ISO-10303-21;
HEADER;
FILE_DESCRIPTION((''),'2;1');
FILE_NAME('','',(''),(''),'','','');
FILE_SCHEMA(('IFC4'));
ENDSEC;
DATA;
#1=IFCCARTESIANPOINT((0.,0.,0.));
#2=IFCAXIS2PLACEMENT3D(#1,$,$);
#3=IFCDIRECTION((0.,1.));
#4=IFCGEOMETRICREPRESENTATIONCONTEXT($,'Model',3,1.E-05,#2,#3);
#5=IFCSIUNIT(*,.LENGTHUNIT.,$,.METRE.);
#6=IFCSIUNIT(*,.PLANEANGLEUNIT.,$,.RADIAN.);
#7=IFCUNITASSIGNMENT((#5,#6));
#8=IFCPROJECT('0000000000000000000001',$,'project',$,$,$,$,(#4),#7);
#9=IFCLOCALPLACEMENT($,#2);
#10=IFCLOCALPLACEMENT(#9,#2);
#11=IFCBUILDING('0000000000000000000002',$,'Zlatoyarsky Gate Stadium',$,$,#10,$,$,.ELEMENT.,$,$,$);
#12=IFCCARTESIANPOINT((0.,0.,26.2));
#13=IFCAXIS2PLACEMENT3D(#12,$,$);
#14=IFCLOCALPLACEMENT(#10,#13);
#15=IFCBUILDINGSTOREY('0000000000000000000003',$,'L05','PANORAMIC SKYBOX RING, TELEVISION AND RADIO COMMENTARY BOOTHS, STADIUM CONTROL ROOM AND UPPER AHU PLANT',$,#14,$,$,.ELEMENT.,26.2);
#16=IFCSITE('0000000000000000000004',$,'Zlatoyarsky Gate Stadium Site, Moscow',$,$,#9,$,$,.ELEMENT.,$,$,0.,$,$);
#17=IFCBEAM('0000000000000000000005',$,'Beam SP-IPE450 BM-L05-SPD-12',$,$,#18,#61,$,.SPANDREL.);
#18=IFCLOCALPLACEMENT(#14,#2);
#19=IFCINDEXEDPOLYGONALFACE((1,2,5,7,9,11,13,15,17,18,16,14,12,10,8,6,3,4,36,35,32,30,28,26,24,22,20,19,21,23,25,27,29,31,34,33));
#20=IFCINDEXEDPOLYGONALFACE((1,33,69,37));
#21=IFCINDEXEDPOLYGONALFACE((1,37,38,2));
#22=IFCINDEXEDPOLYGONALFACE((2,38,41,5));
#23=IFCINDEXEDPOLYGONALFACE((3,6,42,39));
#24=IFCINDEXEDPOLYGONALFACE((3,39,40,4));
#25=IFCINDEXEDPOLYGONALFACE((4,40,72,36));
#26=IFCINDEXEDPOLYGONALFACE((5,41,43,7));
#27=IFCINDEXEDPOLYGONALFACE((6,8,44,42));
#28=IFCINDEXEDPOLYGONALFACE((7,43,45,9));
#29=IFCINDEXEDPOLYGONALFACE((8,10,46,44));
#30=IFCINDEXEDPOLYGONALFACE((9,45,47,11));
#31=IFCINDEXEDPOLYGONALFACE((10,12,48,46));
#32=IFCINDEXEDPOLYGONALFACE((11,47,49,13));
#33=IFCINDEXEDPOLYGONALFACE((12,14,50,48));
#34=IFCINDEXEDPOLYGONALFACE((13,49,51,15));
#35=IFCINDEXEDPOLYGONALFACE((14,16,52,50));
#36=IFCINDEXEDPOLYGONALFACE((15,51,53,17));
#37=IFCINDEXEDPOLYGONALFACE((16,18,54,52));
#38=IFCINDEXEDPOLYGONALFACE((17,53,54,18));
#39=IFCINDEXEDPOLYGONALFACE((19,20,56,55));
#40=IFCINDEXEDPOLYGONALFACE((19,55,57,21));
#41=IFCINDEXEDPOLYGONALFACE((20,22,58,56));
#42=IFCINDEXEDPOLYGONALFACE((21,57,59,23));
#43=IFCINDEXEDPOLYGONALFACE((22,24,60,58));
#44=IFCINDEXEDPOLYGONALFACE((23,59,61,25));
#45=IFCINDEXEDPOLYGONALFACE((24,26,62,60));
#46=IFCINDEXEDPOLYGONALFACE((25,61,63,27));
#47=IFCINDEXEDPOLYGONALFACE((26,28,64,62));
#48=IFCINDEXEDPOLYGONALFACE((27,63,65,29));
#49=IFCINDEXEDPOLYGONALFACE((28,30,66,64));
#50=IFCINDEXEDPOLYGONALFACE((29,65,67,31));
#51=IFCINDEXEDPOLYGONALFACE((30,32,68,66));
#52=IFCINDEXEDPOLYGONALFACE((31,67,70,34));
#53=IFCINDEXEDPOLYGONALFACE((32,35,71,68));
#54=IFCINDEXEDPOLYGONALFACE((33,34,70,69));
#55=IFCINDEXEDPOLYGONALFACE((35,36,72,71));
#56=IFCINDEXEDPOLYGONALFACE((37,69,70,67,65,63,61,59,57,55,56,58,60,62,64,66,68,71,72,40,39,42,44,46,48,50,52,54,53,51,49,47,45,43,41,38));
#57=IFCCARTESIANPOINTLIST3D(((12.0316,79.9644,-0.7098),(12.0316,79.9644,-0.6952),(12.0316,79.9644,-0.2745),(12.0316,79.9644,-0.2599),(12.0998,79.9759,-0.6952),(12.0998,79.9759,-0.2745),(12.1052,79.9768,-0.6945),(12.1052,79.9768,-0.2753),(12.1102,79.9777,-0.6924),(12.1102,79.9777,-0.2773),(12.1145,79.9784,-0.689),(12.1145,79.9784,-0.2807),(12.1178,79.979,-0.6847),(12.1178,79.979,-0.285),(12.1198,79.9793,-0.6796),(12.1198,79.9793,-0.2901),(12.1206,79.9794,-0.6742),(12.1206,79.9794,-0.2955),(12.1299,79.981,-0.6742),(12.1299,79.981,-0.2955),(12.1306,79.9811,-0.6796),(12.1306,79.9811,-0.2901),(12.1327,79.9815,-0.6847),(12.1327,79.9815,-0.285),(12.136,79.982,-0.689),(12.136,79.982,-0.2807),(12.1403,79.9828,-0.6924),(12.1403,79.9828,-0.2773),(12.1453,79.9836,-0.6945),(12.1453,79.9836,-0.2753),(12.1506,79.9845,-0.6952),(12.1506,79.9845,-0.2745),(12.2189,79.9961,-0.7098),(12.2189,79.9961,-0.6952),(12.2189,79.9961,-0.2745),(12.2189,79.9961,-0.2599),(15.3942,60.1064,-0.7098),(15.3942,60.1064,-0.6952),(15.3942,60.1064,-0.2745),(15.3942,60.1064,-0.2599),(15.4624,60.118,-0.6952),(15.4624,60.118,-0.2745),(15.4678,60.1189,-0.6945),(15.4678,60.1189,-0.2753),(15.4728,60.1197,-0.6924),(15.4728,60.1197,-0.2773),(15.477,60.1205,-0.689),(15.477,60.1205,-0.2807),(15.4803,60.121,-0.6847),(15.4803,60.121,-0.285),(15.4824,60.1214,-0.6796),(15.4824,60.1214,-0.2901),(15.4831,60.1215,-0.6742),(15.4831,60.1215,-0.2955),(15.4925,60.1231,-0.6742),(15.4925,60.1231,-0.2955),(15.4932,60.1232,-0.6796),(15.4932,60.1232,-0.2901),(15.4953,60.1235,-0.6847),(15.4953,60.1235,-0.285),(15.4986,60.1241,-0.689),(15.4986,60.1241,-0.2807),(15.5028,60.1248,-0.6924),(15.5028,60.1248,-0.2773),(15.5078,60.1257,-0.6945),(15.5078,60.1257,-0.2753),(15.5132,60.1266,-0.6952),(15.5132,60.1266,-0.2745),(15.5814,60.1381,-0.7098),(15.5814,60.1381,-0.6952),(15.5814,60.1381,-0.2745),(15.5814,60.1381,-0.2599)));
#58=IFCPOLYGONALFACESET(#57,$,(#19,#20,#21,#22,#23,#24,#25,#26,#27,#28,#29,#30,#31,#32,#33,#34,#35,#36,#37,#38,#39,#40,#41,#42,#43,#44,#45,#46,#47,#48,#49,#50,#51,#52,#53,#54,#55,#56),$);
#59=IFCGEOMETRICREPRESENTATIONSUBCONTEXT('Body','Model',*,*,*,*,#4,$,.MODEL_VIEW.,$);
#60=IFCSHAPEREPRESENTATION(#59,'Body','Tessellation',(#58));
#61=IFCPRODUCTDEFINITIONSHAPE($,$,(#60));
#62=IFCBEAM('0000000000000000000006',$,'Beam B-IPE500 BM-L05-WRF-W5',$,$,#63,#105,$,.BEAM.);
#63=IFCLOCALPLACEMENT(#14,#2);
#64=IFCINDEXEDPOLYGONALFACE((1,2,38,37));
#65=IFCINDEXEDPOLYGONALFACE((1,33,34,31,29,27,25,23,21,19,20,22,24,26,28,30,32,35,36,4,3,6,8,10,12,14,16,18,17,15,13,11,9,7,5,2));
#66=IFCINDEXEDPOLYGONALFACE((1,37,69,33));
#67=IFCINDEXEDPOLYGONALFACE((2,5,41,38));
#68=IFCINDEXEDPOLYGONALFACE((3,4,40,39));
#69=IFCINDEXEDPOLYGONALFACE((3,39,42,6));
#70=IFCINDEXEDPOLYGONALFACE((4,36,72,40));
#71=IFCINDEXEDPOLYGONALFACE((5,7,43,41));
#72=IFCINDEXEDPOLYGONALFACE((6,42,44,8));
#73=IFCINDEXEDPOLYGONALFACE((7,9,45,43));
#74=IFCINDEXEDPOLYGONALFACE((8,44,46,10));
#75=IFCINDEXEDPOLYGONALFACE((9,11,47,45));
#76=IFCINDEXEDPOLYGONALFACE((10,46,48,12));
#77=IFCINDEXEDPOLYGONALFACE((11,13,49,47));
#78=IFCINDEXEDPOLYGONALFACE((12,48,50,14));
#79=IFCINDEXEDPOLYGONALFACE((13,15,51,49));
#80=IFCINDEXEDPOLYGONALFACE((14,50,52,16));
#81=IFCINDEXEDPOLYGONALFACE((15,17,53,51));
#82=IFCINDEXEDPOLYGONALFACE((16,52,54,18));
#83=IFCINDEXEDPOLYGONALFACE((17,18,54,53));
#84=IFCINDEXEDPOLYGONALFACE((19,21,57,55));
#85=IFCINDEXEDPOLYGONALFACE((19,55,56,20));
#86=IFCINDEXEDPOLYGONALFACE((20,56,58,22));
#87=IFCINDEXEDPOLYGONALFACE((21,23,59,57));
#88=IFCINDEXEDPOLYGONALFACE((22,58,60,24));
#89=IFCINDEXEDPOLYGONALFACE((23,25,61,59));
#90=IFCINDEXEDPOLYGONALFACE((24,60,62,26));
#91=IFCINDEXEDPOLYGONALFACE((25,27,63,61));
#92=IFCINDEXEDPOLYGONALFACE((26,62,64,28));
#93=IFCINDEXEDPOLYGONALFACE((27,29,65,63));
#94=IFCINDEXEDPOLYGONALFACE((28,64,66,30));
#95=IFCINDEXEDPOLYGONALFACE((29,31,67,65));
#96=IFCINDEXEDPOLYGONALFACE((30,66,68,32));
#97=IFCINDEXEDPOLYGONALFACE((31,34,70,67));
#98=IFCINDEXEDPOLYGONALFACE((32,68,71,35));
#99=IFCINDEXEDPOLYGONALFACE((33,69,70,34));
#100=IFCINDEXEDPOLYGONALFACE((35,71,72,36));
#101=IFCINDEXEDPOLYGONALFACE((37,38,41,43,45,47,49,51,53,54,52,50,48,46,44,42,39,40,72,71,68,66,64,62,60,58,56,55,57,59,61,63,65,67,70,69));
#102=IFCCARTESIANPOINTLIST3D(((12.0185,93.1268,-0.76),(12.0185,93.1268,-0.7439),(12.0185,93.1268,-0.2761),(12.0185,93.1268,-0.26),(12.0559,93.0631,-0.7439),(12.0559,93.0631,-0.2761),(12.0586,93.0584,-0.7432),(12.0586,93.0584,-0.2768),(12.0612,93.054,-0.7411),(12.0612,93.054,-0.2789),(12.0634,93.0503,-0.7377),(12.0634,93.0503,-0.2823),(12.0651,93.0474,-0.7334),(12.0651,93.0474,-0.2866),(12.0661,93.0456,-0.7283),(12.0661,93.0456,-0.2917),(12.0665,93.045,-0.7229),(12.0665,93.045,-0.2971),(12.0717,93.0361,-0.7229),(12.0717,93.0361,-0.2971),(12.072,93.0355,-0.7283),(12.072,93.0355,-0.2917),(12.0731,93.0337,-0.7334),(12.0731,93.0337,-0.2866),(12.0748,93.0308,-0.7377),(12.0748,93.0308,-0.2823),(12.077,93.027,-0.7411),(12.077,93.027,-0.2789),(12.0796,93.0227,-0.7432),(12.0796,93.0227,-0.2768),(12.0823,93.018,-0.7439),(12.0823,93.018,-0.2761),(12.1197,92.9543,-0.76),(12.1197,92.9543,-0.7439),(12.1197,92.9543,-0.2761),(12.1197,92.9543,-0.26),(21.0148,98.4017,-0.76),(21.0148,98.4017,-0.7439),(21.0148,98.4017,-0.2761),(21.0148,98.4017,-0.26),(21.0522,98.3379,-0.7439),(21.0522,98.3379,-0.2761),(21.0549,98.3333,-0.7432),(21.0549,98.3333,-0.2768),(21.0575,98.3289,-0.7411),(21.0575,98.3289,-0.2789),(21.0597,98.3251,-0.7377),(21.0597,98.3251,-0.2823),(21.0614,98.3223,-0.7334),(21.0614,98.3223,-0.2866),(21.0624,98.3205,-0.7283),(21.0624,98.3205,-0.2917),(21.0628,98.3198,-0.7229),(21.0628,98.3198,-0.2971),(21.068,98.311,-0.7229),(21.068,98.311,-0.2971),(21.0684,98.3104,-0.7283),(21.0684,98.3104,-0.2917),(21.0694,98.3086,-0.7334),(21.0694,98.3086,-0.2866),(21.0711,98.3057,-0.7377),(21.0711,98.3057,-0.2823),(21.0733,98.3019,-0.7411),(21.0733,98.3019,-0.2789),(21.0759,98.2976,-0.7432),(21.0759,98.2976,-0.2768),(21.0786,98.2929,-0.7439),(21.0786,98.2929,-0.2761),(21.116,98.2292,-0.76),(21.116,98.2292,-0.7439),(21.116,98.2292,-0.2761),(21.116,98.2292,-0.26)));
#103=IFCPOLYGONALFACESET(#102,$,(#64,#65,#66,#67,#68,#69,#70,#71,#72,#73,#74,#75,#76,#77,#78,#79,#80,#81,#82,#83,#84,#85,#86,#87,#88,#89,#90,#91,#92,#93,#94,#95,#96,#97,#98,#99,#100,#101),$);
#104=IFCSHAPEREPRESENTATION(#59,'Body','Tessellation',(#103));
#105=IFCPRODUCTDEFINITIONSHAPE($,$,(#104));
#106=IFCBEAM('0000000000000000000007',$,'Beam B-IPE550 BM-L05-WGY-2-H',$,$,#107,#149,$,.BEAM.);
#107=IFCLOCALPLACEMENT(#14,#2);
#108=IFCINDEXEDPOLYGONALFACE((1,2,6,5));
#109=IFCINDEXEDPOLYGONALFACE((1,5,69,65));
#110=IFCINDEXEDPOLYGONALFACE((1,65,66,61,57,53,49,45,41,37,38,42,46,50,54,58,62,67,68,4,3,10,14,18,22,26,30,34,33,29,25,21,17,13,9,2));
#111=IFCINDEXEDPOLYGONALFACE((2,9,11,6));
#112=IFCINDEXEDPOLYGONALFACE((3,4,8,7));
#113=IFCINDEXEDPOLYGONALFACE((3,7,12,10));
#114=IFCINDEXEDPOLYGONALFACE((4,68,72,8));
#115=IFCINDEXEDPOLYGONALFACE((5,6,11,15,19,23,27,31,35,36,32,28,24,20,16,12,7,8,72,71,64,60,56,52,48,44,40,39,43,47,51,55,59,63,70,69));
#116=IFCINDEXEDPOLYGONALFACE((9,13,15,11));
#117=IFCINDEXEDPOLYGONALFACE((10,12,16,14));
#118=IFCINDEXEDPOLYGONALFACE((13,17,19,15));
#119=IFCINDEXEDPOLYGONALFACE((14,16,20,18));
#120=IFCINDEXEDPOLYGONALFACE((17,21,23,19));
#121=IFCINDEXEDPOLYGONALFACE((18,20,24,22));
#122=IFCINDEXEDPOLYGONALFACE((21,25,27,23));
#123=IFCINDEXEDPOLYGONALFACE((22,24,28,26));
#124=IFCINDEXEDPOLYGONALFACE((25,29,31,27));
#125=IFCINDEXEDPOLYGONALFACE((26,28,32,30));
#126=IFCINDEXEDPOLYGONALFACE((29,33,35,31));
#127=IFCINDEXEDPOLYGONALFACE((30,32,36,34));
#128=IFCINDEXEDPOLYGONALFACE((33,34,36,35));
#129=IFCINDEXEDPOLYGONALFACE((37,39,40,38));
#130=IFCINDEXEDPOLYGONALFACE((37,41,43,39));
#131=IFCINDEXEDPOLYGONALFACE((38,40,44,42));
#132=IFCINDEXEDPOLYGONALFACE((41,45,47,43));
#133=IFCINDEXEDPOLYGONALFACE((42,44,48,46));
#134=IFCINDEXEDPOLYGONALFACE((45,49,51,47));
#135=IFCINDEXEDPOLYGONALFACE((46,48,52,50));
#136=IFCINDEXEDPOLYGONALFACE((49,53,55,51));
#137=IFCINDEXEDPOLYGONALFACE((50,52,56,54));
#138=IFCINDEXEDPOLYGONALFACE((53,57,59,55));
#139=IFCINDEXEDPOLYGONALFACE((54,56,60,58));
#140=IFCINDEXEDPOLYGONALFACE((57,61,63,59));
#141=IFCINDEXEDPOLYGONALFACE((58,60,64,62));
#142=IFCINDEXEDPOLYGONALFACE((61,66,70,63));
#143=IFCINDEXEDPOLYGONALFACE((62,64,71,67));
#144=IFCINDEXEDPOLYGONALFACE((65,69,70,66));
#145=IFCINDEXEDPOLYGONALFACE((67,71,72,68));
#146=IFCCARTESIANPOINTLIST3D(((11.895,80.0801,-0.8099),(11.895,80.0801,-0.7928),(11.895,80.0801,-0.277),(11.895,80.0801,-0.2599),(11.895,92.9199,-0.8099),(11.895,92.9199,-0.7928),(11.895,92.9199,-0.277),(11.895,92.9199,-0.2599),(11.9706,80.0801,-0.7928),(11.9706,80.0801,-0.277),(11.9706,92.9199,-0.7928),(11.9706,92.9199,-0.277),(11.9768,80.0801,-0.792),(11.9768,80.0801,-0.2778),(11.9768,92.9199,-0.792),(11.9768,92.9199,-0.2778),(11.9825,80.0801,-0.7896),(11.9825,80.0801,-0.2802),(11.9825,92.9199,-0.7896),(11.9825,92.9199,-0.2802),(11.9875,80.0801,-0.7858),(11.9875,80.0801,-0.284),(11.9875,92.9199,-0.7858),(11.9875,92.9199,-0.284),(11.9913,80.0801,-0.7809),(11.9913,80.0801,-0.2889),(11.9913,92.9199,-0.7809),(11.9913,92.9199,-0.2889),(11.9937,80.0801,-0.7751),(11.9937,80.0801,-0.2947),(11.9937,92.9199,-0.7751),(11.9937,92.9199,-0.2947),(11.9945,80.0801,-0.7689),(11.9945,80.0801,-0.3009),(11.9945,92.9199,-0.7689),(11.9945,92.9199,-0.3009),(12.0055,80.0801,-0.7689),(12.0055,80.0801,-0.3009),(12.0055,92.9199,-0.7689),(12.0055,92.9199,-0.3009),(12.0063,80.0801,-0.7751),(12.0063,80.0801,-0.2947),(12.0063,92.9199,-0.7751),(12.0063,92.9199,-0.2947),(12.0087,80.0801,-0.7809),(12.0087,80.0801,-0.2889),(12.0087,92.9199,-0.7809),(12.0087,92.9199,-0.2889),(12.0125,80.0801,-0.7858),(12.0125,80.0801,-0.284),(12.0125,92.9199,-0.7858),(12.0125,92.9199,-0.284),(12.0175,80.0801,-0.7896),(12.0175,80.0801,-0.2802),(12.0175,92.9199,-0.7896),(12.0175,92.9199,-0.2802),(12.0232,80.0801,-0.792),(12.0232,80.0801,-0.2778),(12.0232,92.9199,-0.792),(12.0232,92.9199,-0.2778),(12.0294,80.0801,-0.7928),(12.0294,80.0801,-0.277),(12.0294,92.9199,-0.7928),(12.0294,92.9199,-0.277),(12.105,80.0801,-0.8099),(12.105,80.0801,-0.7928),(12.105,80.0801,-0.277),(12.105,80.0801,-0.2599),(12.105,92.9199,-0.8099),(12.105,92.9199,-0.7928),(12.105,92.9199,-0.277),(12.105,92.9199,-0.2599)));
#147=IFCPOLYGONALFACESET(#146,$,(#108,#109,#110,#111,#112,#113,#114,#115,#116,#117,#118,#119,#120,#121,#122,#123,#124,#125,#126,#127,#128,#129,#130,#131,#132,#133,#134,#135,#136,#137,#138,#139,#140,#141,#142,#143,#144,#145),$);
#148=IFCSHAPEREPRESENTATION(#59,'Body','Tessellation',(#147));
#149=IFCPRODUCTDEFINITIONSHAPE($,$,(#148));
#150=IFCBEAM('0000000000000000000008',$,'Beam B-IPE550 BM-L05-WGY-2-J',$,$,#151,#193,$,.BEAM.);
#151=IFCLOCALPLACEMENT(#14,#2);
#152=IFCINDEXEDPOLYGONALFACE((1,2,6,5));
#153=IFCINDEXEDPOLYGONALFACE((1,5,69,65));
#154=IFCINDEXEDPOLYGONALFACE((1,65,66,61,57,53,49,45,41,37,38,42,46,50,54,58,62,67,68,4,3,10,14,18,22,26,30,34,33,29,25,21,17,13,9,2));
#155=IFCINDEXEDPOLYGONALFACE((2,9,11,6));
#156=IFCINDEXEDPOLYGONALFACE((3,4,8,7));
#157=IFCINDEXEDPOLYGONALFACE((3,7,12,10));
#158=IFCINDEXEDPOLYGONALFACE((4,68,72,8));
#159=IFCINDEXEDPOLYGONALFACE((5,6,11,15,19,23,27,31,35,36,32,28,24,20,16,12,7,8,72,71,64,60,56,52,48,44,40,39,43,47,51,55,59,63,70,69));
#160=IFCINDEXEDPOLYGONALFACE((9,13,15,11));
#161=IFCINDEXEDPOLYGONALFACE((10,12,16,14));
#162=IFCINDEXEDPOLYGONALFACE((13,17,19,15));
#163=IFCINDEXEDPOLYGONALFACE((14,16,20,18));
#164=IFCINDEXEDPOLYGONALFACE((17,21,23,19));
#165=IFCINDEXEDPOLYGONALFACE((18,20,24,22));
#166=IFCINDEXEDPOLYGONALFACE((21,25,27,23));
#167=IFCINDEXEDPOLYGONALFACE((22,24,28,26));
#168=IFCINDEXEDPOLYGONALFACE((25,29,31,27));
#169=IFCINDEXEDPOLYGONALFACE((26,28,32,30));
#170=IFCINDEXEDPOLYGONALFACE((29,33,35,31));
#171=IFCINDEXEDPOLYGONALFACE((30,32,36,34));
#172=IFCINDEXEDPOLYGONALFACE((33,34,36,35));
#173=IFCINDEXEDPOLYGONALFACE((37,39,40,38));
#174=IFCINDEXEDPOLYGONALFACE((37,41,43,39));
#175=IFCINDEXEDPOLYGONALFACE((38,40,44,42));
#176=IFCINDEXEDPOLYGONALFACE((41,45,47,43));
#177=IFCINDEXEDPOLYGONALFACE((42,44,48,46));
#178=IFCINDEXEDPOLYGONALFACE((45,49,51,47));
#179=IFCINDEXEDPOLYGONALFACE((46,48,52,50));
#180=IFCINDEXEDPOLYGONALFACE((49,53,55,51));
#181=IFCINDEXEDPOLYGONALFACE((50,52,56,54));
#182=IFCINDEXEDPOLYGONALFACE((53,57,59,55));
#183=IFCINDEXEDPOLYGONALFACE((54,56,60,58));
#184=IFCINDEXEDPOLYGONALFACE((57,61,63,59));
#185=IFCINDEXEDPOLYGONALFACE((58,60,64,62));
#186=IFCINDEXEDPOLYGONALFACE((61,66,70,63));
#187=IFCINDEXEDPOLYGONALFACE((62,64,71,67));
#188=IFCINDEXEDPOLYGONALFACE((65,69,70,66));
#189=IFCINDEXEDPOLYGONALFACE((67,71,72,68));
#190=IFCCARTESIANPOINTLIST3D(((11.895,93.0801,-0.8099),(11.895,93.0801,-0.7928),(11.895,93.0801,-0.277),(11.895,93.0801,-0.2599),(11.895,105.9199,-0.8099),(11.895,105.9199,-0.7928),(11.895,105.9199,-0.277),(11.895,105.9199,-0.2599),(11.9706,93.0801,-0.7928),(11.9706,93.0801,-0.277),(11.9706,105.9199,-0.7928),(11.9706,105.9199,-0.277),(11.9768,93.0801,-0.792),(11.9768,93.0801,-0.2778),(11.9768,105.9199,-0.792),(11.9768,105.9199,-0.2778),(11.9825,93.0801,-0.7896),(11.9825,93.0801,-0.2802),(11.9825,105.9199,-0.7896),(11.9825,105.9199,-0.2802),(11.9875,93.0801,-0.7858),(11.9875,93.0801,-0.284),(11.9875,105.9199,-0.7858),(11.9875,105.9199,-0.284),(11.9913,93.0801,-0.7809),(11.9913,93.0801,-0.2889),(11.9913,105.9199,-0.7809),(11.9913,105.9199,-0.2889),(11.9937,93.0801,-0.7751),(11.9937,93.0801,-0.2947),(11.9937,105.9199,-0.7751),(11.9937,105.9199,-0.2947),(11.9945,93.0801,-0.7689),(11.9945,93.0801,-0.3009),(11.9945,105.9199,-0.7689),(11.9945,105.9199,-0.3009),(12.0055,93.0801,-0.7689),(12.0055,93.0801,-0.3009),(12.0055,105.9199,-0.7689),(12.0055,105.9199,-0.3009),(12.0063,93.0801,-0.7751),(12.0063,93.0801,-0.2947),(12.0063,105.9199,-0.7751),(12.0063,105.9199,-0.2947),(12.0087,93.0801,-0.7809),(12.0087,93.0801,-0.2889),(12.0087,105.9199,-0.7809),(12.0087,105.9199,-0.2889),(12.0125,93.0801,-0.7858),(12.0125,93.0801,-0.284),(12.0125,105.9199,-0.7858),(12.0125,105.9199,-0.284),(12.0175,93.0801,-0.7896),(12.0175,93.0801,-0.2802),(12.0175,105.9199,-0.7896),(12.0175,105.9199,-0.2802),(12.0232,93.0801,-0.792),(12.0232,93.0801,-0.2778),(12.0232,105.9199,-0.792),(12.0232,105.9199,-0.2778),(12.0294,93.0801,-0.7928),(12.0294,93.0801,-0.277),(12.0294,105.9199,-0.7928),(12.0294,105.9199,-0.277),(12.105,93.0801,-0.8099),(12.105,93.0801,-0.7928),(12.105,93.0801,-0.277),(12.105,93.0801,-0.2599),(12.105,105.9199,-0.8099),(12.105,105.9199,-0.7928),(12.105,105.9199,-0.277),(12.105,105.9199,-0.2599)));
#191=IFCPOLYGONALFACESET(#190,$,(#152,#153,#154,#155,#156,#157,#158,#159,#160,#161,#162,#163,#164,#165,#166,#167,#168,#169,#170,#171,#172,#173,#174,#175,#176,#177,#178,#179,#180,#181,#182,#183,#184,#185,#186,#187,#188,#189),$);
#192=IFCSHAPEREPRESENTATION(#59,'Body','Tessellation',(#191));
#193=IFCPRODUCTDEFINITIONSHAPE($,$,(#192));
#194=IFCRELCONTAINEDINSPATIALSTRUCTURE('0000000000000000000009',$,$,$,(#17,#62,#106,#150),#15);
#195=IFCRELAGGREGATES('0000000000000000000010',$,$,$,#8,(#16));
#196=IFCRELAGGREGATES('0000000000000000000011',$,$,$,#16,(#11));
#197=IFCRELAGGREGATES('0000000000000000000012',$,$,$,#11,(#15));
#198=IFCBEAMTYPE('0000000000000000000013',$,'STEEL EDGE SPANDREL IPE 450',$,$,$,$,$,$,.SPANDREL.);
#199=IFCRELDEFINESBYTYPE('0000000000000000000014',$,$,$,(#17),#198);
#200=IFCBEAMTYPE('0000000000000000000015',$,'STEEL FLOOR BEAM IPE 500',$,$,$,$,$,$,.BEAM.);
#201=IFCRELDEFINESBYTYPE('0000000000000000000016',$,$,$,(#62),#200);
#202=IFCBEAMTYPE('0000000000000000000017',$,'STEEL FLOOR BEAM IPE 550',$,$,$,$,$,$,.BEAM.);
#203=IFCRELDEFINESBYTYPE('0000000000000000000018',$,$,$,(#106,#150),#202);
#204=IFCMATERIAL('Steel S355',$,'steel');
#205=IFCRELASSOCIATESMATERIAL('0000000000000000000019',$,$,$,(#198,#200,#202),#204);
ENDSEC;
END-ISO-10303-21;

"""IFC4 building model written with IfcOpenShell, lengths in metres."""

from ifc_helpers import new_model, si_unit, direction, frame, origin, origin_2d, place, context, subcontext, project, spatial, i_section, extrude, material, material_profile, profile_set, type_object, element, save


model = new_model("IFC4")

# Units and contexts
model_context = context("Model", 3, precision=1e-05, world=origin(), true_north=direction((0.0, 1.0)))
body_context = subcontext(model_context, "Body", "Model", "MODEL_VIEW")
ifc_project = project(units=[si_unit("LENGTHUNIT", "METRE"), si_unit("PLANEANGLEUNIT", "RADIAN")], contexts=[model_context])

# Site, building, storey
site_placement = place(None, origin())
site = spatial("IfcSite", under=ifc_project, at=site_placement, Name="Zlatoyarsky Gate Stadium Site, Moscow", CompositionType="ELEMENT", RefElevation=0.0)
building_placement = place(site_placement, origin())
building = spatial("IfcBuilding", under=site, at=building_placement, Name="Zlatoyarsky Gate Stadium", CompositionType="ELEMENT")
storey_placement = place(building_placement, frame((0.0, 0.0, 26.2)))
storey = spatial("IfcBuildingStorey", under=building, at=storey_placement, Name="L05", Description="PANORAMIC SKYBOX RING, TELEVISION AND RADIO COMMENTARY BOOTHS, STADIUM CONTROL ROOM AND UPPER AHU PLANT", CompositionType="ELEMENT", Elevation=26.2)

# Beams
ifc_material_1 = material(Name="Steel S355", Category="steel")
ifc_material_profile_1 = material_profile(ifc_material_1, i_section(OverallWidth=0.1899, OverallDepth=0.45, WebThickness=0.0095, FlangeThickness=0.0146, FilletRadius=0.021, at=origin_2d()), Name="IPE 450")
ifc_profile_set_1 = profile_set([ifc_material_profile_1], Name="Steel S355")
beam_type_1 = type_object("IfcBeamType", Name="STEEL EDGE SPANDREL IPE 450", PredefinedType="SPANDREL", material=ifc_profile_set_1)
beam_1_placement = place(storey_placement, frame((12.1252, 79.9802, -0.4849), z_axis=(0.166954, -0.985965, 0.0), x_axis=(0.985965, 0.166954, 0.0)))
element("IfcBeam", 1, at=beam_1_placement, inside=storey, type_object=beam_type_1, Name="Beam SP-IPE450 BM-L05-SPD-12", PredefinedType="SPANDREL", context=body_context, shape_type="SweptSolid", body=[
    extrude(i_section(OverallWidth=0.1899, OverallDepth=0.45, WebThickness=0.0095, FlangeThickness=0.0146, FilletRadius=0.021, at=origin_2d()), origin(), (0.0, 0.0, 1.0), 20.1406),
])
ifc_material_profile_2 = material_profile(ifc_material_1, i_section(OverallWidth=0.2, OverallDepth=0.5, WebThickness=0.0103, FlangeThickness=0.0161, FilletRadius=0.021, at=origin_2d()), Name="IPE 500")
ifc_profile_set_2 = profile_set([ifc_material_profile_2], Name="Steel S355")
beam_type_2 = type_object("IfcBeamType", Name="STEEL FLOOR BEAM IPE 500", PredefinedType="BEAM", material=ifc_profile_set_2)
beam_2_placement = place(storey_placement, frame((12.0691, 93.0405, -0.51), z_axis=(0.862648, 0.505804, 0.0), x_axis=(-0.505804, 0.862648, 0.0)))
element("IfcBeam", 2, at=beam_2_placement, inside=storey, type_object=beam_type_2, Name="Beam B-IPE500 BM-L05-WRF-W5", PredefinedType="BEAM", context=body_context, shape_type="SweptSolid", body=[
    extrude(i_section(OverallWidth=0.2, OverallDepth=0.5, WebThickness=0.0103, FlangeThickness=0.0161, FilletRadius=0.021, at=origin_2d()), origin(), (0.0, 0.0, 1.0), 10.4287),
])
ifc_material_profile_3 = material_profile(ifc_material_1, i_section(OverallWidth=0.21, OverallDepth=0.55, WebThickness=0.011, FlangeThickness=0.0171, FilletRadius=0.0239, at=origin_2d()), Name="IPE 550")
ifc_profile_set_3 = profile_set([ifc_material_profile_3], Name="Steel S355")
beam_type_3 = type_object("IfcBeamType", Name="STEEL FLOOR BEAM IPE 550", PredefinedType="BEAM", material=ifc_profile_set_3)
for number, where, z_axis, x_axis, name in (
    (3, (12.0, 80.0801, -0.5349), (0.0, 1.0, 0.0), (-1.0, 0.0, 0.0), "Beam B-IPE550 BM-L05-WGY-2-H"),
    (4, (12.0, 93.0801, -0.5349), (0.0, 1.0, 0.0), (-1.0, 0.0, 0.0), "Beam B-IPE550 BM-L05-WGY-2-J"),
):
    element("IfcBeam", number, at=place(storey_placement, frame(where, z_axis=z_axis, x_axis=x_axis)), inside=storey, type_object=beam_type_3, Name=name, PredefinedType="BEAM", context=body_context, shape_type="SweptSolid", body=[
        extrude(i_section(OverallWidth=0.21, OverallDepth=0.55, WebThickness=0.011, FlangeThickness=0.0171, FilletRadius=0.0239, at=origin_2d()), origin(), (0.0, 0.0, 1.0), 12.8398),
    ])

save(model, "model.ifc")
